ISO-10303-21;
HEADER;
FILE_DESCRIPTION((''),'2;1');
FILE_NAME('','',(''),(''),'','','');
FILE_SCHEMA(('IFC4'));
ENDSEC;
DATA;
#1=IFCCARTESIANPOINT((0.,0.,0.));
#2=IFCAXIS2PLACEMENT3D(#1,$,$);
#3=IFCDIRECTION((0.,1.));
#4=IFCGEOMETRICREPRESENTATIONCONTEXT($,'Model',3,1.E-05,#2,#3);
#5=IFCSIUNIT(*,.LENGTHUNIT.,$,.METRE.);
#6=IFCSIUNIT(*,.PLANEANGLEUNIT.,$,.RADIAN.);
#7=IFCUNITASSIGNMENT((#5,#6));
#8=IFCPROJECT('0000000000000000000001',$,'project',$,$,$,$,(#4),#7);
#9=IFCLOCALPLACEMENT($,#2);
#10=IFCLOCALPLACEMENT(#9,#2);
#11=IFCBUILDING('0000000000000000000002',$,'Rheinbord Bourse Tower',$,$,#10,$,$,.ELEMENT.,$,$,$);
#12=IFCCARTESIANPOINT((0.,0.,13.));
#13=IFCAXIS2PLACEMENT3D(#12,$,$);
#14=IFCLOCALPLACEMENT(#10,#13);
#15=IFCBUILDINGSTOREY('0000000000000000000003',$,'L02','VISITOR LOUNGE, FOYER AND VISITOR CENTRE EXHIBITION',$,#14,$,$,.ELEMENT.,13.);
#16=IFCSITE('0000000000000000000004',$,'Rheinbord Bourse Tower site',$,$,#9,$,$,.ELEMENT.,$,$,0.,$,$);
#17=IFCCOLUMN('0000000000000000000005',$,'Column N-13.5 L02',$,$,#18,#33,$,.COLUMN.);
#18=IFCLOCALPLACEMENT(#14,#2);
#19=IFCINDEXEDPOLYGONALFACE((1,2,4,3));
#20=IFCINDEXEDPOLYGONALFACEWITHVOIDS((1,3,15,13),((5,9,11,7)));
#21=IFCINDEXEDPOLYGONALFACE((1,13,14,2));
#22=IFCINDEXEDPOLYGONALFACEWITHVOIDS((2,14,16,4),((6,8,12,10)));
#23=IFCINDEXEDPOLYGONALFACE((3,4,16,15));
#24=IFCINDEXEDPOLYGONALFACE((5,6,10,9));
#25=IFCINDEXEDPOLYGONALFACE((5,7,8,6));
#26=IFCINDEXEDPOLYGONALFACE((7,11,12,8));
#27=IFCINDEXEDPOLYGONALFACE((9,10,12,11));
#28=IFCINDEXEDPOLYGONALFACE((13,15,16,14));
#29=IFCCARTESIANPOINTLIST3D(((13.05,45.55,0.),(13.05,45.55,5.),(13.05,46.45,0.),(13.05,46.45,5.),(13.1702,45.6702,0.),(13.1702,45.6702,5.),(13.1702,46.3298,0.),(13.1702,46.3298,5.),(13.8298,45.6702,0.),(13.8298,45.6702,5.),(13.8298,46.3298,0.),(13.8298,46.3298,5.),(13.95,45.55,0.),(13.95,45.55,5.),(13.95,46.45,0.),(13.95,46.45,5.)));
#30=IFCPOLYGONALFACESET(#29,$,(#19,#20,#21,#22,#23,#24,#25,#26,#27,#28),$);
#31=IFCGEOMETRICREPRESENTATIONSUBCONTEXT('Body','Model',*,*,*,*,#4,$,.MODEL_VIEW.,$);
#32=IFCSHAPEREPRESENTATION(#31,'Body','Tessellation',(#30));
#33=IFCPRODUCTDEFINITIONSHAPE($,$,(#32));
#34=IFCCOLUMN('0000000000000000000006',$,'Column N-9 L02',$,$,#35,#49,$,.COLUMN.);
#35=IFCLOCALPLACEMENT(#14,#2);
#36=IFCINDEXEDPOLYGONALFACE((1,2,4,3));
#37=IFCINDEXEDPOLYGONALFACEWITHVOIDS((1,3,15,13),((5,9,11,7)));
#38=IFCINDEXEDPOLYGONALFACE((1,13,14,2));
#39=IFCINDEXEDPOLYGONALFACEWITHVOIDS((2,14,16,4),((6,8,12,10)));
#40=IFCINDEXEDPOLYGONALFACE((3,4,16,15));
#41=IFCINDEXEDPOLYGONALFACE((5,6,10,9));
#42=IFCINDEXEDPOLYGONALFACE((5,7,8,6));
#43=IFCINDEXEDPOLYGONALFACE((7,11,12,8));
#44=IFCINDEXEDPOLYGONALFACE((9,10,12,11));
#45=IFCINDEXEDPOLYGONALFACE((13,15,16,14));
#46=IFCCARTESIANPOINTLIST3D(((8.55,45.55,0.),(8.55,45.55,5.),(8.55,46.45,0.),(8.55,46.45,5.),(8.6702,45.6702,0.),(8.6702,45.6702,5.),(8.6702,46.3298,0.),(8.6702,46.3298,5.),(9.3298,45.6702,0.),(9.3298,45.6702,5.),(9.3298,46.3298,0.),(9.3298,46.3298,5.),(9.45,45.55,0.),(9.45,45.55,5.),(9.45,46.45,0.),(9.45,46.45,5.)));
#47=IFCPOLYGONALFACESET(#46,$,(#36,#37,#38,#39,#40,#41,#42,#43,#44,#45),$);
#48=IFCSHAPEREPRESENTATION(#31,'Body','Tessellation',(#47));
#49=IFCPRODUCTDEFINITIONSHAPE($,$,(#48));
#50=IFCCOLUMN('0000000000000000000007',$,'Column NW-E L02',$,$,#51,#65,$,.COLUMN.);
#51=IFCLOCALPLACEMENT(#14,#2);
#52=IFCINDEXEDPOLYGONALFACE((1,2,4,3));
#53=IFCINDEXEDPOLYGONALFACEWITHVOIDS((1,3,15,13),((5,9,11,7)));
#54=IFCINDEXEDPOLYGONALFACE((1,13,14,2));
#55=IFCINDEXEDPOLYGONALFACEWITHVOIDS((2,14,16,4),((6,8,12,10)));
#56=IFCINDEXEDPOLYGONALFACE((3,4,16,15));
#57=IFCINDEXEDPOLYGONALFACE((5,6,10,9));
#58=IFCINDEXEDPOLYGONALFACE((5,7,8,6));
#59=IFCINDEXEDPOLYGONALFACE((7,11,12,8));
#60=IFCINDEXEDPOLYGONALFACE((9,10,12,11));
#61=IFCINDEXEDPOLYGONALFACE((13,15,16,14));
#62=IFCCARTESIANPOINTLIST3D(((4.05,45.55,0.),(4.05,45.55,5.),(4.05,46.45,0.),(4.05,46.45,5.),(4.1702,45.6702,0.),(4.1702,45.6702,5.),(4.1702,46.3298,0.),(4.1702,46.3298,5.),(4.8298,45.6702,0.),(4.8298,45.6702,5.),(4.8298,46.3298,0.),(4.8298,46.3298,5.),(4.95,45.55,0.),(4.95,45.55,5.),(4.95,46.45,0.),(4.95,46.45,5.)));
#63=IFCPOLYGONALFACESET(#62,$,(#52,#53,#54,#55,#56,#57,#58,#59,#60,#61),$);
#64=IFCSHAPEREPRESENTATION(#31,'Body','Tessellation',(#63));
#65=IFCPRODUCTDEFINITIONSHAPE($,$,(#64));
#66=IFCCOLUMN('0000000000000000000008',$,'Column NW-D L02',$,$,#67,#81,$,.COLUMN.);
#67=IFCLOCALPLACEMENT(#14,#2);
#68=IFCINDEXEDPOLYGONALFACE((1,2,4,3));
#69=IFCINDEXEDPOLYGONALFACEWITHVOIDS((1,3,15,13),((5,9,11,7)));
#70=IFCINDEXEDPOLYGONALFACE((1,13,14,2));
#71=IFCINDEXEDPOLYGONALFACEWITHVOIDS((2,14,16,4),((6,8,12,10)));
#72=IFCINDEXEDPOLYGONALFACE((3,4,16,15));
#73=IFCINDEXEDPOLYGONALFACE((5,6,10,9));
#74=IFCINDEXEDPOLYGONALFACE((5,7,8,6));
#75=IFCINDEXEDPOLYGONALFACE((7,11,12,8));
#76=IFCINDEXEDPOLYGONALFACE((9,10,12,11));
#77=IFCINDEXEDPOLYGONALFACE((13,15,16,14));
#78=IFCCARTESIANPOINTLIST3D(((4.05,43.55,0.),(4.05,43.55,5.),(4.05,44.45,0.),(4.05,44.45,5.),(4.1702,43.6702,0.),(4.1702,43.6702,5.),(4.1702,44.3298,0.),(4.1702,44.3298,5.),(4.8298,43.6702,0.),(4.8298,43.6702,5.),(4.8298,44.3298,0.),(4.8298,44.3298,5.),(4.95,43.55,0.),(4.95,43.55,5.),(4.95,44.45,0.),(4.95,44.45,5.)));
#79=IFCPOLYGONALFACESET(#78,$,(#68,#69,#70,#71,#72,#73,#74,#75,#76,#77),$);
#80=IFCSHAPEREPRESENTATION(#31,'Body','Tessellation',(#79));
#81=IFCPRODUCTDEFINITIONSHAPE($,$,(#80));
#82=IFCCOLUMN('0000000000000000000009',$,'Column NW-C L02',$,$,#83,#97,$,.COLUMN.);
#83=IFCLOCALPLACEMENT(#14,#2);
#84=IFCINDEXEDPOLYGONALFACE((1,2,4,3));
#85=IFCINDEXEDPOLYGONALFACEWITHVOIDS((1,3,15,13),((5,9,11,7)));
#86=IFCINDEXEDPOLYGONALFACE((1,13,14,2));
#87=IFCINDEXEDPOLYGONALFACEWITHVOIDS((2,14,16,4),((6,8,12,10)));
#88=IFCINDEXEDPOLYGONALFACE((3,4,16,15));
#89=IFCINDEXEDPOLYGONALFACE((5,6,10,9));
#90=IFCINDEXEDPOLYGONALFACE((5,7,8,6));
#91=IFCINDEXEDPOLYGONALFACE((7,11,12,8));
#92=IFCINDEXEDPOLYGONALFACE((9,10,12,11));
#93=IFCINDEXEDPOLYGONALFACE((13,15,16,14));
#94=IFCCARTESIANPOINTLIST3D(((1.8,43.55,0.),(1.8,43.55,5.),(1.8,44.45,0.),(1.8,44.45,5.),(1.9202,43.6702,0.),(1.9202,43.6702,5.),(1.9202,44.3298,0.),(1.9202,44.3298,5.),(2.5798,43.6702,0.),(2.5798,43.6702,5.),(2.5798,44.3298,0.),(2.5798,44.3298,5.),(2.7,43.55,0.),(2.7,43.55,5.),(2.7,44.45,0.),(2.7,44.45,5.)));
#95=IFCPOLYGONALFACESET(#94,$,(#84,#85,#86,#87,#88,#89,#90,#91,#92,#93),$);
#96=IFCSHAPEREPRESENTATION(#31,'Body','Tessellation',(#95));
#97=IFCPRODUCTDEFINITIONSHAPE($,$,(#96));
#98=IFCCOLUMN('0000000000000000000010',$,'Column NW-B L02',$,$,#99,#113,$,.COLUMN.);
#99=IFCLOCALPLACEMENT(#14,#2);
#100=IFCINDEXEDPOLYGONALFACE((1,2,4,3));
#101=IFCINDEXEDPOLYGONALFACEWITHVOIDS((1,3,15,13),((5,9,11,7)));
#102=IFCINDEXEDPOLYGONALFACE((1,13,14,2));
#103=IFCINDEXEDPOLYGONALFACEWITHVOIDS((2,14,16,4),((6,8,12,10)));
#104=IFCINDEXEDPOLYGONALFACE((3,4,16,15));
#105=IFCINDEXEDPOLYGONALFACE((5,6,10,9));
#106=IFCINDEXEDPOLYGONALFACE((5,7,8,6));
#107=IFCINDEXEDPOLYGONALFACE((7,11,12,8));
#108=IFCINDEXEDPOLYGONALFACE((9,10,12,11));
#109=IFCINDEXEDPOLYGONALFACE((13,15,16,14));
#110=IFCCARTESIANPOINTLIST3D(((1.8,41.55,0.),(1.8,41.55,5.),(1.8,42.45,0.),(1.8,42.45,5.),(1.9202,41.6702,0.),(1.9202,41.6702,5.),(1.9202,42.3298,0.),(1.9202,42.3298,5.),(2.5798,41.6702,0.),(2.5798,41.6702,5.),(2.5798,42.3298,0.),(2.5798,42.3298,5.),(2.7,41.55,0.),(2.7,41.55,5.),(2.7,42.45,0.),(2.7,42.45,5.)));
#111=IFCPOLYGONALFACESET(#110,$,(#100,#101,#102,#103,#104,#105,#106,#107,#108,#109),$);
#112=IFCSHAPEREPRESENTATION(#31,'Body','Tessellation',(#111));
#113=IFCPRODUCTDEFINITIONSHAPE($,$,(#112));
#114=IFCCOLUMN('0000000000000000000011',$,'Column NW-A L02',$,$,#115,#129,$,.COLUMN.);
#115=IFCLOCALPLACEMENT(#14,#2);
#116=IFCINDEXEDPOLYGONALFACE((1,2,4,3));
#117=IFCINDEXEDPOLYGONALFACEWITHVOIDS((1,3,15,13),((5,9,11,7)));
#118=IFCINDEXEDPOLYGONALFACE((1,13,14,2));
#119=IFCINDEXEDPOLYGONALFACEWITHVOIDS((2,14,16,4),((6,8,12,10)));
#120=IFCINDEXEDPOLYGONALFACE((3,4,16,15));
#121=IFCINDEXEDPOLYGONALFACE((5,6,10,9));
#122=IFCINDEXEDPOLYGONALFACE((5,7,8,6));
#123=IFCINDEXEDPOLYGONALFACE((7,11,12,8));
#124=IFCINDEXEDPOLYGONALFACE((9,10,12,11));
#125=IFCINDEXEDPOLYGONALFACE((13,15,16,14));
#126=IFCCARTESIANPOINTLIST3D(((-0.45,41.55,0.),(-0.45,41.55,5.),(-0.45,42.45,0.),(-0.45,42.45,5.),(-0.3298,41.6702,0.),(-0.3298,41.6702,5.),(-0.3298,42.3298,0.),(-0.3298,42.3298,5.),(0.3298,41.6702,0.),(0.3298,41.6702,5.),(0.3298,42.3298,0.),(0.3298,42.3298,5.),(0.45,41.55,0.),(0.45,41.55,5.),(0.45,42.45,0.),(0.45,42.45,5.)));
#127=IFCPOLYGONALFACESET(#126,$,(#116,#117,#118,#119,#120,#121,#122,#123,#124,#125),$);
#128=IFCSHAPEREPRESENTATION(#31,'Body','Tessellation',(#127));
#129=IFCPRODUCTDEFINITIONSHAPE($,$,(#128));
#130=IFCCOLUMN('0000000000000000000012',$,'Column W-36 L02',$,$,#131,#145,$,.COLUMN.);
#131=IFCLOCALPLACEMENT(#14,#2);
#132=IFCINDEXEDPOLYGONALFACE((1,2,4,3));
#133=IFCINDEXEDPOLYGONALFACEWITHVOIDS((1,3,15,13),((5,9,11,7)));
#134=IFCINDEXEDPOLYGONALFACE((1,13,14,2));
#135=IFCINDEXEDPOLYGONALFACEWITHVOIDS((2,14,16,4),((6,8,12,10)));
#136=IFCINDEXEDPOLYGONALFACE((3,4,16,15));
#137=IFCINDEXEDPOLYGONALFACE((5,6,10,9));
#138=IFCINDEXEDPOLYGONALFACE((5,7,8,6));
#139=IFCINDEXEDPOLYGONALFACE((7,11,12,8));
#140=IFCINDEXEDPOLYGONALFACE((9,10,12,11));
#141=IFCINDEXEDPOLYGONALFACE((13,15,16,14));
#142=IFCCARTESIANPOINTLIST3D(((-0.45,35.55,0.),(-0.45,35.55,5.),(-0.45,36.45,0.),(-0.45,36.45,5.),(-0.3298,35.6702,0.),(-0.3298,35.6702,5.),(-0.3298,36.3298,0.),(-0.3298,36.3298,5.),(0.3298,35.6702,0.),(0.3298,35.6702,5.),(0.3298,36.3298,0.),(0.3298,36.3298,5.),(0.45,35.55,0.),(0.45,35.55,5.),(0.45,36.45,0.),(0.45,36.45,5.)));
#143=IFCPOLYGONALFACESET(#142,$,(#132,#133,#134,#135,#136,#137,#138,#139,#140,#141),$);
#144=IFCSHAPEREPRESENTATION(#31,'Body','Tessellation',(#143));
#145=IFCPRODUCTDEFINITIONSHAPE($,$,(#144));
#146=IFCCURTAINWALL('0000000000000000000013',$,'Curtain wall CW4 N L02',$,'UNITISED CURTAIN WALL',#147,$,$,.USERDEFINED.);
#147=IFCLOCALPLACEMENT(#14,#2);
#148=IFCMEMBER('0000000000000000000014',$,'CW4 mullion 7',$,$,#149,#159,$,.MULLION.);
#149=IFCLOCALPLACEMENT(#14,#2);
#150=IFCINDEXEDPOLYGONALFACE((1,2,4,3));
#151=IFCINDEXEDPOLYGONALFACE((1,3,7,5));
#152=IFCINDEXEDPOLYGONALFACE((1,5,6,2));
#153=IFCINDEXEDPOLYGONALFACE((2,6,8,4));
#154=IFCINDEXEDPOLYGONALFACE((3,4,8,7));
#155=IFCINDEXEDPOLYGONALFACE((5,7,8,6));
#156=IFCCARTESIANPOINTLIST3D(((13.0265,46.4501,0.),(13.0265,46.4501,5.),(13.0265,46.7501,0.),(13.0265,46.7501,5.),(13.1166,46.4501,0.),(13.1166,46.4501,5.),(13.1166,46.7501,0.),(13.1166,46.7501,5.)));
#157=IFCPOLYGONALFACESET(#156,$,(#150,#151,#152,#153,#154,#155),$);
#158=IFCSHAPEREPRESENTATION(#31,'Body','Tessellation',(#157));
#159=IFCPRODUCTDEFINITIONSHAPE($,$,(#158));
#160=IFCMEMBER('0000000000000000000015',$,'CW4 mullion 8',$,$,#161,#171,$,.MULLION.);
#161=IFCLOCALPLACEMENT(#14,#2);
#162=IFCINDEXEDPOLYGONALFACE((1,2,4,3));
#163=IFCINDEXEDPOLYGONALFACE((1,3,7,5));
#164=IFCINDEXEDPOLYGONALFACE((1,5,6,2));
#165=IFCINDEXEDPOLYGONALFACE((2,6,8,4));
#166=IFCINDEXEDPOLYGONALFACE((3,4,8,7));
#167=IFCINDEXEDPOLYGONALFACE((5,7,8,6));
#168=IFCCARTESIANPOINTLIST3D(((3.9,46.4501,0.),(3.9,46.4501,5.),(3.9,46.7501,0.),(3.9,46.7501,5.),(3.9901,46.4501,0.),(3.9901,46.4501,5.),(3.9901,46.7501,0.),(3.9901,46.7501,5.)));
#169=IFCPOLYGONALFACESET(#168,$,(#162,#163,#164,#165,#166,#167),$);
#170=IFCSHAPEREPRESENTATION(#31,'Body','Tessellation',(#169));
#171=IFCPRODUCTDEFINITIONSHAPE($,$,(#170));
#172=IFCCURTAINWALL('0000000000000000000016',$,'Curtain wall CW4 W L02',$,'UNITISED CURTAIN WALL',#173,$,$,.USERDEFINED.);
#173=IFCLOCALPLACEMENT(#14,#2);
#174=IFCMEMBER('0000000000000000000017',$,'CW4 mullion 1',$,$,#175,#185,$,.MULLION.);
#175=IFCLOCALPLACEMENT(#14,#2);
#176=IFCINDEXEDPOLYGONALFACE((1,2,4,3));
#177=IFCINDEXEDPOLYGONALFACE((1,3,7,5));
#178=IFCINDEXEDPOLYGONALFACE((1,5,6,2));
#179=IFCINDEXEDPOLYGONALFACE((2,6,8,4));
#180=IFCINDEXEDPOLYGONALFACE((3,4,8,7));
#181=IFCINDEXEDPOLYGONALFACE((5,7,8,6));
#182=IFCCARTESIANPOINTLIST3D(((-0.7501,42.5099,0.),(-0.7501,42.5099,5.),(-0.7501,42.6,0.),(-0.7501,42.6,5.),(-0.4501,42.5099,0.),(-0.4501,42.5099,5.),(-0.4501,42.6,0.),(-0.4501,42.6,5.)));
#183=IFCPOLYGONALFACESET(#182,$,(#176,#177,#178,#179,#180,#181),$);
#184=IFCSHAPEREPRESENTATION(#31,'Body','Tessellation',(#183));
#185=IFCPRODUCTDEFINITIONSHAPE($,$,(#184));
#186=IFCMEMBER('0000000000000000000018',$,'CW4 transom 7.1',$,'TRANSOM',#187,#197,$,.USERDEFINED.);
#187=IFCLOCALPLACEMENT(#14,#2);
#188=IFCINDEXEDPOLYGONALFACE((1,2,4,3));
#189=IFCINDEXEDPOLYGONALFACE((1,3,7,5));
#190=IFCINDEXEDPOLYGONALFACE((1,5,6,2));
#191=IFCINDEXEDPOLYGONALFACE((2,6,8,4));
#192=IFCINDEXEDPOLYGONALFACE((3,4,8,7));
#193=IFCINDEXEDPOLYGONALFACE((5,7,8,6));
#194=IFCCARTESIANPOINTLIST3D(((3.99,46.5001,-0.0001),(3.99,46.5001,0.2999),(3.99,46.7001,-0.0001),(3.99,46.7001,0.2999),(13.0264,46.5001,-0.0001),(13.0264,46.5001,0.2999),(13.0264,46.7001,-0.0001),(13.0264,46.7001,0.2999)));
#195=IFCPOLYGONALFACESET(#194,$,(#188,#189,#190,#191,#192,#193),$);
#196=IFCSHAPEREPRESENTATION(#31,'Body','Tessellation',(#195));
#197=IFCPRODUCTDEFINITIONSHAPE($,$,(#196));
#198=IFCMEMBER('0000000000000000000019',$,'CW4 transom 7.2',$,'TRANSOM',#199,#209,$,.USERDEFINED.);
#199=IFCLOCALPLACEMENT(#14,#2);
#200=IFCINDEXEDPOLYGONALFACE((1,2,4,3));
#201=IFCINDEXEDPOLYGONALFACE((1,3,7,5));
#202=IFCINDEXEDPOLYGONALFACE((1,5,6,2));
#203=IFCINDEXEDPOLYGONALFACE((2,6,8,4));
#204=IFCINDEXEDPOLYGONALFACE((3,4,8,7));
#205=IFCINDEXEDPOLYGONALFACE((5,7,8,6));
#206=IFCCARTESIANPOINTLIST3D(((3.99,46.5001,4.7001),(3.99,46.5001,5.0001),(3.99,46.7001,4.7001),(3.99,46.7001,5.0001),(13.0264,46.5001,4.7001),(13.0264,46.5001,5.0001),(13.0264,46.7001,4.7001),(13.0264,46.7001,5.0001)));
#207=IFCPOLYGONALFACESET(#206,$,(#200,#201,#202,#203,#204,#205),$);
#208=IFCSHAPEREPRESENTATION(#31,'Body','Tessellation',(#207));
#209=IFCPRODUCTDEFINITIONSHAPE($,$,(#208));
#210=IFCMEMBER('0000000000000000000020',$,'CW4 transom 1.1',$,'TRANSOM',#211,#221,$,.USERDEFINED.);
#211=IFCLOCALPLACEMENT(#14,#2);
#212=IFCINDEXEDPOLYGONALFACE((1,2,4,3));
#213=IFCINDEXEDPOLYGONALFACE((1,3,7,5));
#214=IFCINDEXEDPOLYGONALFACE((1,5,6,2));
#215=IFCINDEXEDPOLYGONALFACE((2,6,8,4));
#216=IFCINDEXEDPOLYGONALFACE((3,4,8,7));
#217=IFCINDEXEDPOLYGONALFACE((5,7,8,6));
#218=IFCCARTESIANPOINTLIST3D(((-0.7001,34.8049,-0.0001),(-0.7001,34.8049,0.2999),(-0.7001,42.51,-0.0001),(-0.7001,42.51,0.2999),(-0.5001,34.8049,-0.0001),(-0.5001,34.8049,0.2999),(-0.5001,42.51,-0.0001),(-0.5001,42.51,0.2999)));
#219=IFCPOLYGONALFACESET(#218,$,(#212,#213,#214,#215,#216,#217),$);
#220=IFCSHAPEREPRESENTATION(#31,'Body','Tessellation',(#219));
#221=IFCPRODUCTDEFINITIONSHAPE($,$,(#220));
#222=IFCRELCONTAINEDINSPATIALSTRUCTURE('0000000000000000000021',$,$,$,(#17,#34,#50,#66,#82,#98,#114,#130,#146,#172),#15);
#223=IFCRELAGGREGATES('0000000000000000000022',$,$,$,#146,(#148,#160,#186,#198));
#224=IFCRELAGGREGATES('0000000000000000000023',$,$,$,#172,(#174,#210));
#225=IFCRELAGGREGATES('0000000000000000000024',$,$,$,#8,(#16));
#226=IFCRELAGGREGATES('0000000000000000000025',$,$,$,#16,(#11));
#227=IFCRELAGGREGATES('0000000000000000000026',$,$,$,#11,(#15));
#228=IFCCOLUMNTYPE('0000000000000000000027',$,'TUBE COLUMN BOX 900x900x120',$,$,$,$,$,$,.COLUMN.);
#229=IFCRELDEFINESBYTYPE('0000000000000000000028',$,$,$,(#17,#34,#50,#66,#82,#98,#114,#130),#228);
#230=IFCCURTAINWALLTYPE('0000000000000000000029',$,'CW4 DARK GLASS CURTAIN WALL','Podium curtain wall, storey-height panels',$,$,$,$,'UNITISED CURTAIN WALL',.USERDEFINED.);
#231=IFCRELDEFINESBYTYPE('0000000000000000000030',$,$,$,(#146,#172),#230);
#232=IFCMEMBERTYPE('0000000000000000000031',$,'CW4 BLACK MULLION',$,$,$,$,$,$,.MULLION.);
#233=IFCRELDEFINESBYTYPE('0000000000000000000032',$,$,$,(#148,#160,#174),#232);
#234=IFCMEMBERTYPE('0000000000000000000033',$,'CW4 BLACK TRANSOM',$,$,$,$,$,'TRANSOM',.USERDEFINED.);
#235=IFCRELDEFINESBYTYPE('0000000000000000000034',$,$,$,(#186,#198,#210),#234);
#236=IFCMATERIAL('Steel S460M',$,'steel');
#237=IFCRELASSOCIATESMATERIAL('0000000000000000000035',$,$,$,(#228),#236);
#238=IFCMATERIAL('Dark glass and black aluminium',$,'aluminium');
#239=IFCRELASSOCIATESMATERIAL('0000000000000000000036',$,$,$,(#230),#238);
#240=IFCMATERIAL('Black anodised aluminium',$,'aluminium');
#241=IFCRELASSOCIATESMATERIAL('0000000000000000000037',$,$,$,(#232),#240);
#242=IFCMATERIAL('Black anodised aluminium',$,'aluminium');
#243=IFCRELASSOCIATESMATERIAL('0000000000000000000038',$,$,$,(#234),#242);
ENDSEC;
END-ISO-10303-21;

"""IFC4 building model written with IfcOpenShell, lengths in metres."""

from ifc_helpers import new_model, si_unit, direction, frame, origin, origin_2d, place, context, subcontext, project, spatial, rectangle, hollow_rectangle, extrude, material, material_profile, profile_set, type_object, element, aggregate, save


model = new_model("IFC4")

# Units and contexts
model_context = context("Model", 3, precision=1e-05, world=origin(), true_north=direction((0.0, 1.0)))
body_context = subcontext(model_context, "Body", "Model", "MODEL_VIEW")
ifc_project = project(units=[si_unit("LENGTHUNIT", "METRE"), si_unit("PLANEANGLEUNIT", "RADIAN")], contexts=[model_context])

# Site, building, storey
site_placement = place(None, origin())
site = spatial("IfcSite", under=ifc_project, at=site_placement, Name="Rheinbord Bourse Tower site", CompositionType="ELEMENT", RefElevation=0.0)
building_placement = place(site_placement, origin())
building = spatial("IfcBuilding", under=site, at=building_placement, Name="Rheinbord Bourse Tower", CompositionType="ELEMENT")
storey_placement = place(building_placement, frame((0.0, 0.0, 13.0)))
storey = spatial("IfcBuildingStorey", under=building, at=storey_placement, Name="L02", Description="VISITOR LOUNGE, FOYER AND VISITOR CENTRE EXHIBITION", CompositionType="ELEMENT", Elevation=13.0)

# Columns
ifc_material_1 = material(Name="Steel S460M", Category="steel")
ifc_material_profile_1 = material_profile(ifc_material_1, hollow_rectangle(XDim=0.8999, YDim=0.8999, WallThickness=0.1201, at=origin_2d()), Name="BOX 900x900x120")
ifc_profile_set_1 = profile_set([ifc_material_profile_1], Name="Steel S460M")
column_type = type_object("IfcColumnType", Name="TUBE COLUMN BOX 900x900x120", PredefinedType="COLUMN", material=ifc_profile_set_1)
for number, where, z_axis, x_axis, name in (
    (1, (13.5, 46.0, 0.0), (0.0, 0.0, 1.0), (0.0, 1.0, 0.0), "Column N-13.5 L02"),
    (2, (9.0, 46.0, 0.0), (0.0, 0.0, 1.0), (0.0, 1.0, 0.0), "Column N-9 L02"),
    (3, (4.5, 46.0, 0.0), (0.0, 0.0, 1.0), (0.0, 1.0, 0.0), "Column NW-E L02"),
    (4, (4.5, 44.0, 0.0), (0.0, 0.0, 1.0), (0.0, 1.0, 0.0), "Column NW-D L02"),
    (5, (2.25, 44.0, 0.0), (0.0, 0.0, 1.0), (1.0, 0.0, 0.0), "Column NW-C L02"),
    (6, (2.25, 42.0, 0.0), (0.0, 0.0, 1.0), (1.0, 0.0, 0.0), "Column NW-B L02"),
    (7, (0.0, 42.0, 0.0), (0.0, 0.0, 1.0), (1.0, 0.0, 0.0), "Column NW-A L02"),
    (8, (0.0, 36.0, 0.0), (0.0, 0.0, 1.0), (1.0, 0.0, 0.0), "Column W-36 L02"),
):
    element("IfcColumn", number, at=place(storey_placement, frame(where, z_axis=z_axis, x_axis=x_axis)), inside=storey, type_object=column_type, Name=name, PredefinedType="COLUMN", context=body_context, shape_type="SweptSolid", body=[
        extrude(hollow_rectangle(XDim=0.8999, YDim=0.8999, WallThickness=0.1201, at=origin_2d()), origin(), (0.0, 0.0, 1.0), 5.0),
    ])

# Curtain wall, members
ifc_material_2 = material(Name="Dark glass and black aluminium", Category="aluminium")
curtain_wall_type = type_object("IfcCurtainWallType", Name="CW4 DARK GLASS CURTAIN WALL", Description="Podium curtain wall, storey-height panels", ElementType="UNITISED CURTAIN WALL", PredefinedType="USERDEFINED", material=ifc_material_2)
curtain_wall_1_placement = place(storey_placement, origin())
curtain_wall_1 = element("IfcCurtainWall", 9, at=curtain_wall_1_placement, inside=storey, type_object=curtain_wall_type, Name="Curtain wall CW4 N L02", ObjectType="UNITISED CURTAIN WALL", PredefinedType="USERDEFINED")
ifc_material_3 = material(Name="Black anodised aluminium", Category="aluminium")
ifc_material_profile_2 = material_profile(ifc_material_3, rectangle(XDim=0.3, YDim=0.0901, at=origin_2d()), Name="CW4 MULLION 90x300")
ifc_profile_set_2 = profile_set([ifc_material_profile_2], Name="Black anodised aluminium")
member_type_1 = type_object("IfcMemberType", Name="CW4 BLACK MULLION", PredefinedType="MULLION", material=ifc_profile_set_2)
member_1_placement = place(storey_placement, frame((13.0715, 46.6001, 0.0), z_axis=(0.0, 0.0, 1.0), x_axis=(0.0, -1.0, 0.0)))
member_1 = element("IfcMember", 10, at=member_1_placement, type_object=member_type_1, Name="CW4 mullion 7", PredefinedType="MULLION", context=body_context, shape_type="SweptSolid", body=[
    extrude(rectangle(XDim=0.3, YDim=0.0901, at=origin_2d()), origin(), (0.0, 0.0, 1.0), 5.0),
])
member_2_placement = place(storey_placement, frame((3.9451, 46.6001, 0.0), z_axis=(0.0, 0.0, 1.0), x_axis=(0.0, -1.0, 0.0)))
member_2 = element("IfcMember", 11, at=member_2_placement, type_object=member_type_1, Name="CW4 mullion 8", PredefinedType="MULLION", context=body_context, shape_type="SweptSolid", body=[
    extrude(rectangle(XDim=0.3, YDim=0.0901, at=origin_2d()), origin(), (0.0, 0.0, 1.0), 5.0),
])

# Curtain wall, member
curtain_wall_2_placement = place(storey_placement, origin())
curtain_wall_2 = element("IfcCurtainWall", 12, at=curtain_wall_2_placement, inside=storey, type_object=curtain_wall_type, Name="Curtain wall CW4 W L02", ObjectType="UNITISED CURTAIN WALL", PredefinedType="USERDEFINED")
member_3_placement = place(storey_placement, frame((-0.6001, 42.5549, 0.0), z_axis=(0.0, 0.0, 1.0), x_axis=(1.0, 0.0, 0.0)))
member_3 = element("IfcMember", 13, at=member_3_placement, type_object=member_type_1, Name="CW4 mullion 1", PredefinedType="MULLION", context=body_context, shape_type="SweptSolid", body=[
    extrude(rectangle(XDim=0.3, YDim=0.0901, at=origin_2d()), origin(), (0.0, 0.0, 1.0), 5.0),
])

# Members
ifc_material_4 = material(Name="Black anodised aluminium", Category="aluminium")
ifc_material_profile_3 = material_profile(ifc_material_4, rectangle(XDim=0.2, YDim=0.3, at=origin_2d()), Name="CW4 TRANSOM 300x200")
ifc_profile_set_3 = profile_set([ifc_material_profile_3], Name="Black anodised aluminium")
member_type_2 = type_object("IfcMemberType", Name="CW4 BLACK TRANSOM", ElementType="TRANSOM", PredefinedType="USERDEFINED", material=ifc_profile_set_3)
member_4_placement = place(storey_placement, frame((13.0264, 46.6001, 0.1499), z_axis=(-1.0, 0.0, 0.0), x_axis=(0.0, -1.0, 0.0)))
member_4 = element("IfcMember", 14, at=member_4_placement, type_object=member_type_2, Name="CW4 transom 7.1", ObjectType="TRANSOM", PredefinedType="USERDEFINED", context=body_context, shape_type="SweptSolid", body=[
    extrude(rectangle(XDim=0.2, YDim=0.3, at=origin_2d()), origin(), (0.0, 0.0, 1.0), 9.0364),
])
member_5_placement = place(storey_placement, frame((13.0264, 46.6001, 4.8501), z_axis=(-1.0, 0.0, 0.0), x_axis=(0.0, -1.0, 0.0)))
member_5 = element("IfcMember", 15, at=member_5_placement, type_object=member_type_2, Name="CW4 transom 7.2", ObjectType="TRANSOM", PredefinedType="USERDEFINED", context=body_context, shape_type="SweptSolid", body=[
    extrude(rectangle(XDim=0.2, YDim=0.3, at=origin_2d()), origin(), (0.0, 0.0, 1.0), 9.0364),
])
member_6_placement = place(storey_placement, frame((-0.6001, 42.51, 0.1499), z_axis=(0.0, -1.0, 0.0), x_axis=(1.0, 0.0, 0.0)))
member_6 = element("IfcMember", 16, at=member_6_placement, type_object=member_type_2, Name="CW4 transom 1.1", ObjectType="TRANSOM", PredefinedType="USERDEFINED", context=body_context, shape_type="SweptSolid", body=[
    extrude(rectangle(XDim=0.2, YDim=0.3, at=origin_2d()), origin(), (0.0, 0.0, 1.0), 7.7051),
])

aggregate(curtain_wall_1, [member_1, member_2, member_4, member_5])
aggregate(curtain_wall_2, [member_3, member_6])

save(model, "model.ifc")
